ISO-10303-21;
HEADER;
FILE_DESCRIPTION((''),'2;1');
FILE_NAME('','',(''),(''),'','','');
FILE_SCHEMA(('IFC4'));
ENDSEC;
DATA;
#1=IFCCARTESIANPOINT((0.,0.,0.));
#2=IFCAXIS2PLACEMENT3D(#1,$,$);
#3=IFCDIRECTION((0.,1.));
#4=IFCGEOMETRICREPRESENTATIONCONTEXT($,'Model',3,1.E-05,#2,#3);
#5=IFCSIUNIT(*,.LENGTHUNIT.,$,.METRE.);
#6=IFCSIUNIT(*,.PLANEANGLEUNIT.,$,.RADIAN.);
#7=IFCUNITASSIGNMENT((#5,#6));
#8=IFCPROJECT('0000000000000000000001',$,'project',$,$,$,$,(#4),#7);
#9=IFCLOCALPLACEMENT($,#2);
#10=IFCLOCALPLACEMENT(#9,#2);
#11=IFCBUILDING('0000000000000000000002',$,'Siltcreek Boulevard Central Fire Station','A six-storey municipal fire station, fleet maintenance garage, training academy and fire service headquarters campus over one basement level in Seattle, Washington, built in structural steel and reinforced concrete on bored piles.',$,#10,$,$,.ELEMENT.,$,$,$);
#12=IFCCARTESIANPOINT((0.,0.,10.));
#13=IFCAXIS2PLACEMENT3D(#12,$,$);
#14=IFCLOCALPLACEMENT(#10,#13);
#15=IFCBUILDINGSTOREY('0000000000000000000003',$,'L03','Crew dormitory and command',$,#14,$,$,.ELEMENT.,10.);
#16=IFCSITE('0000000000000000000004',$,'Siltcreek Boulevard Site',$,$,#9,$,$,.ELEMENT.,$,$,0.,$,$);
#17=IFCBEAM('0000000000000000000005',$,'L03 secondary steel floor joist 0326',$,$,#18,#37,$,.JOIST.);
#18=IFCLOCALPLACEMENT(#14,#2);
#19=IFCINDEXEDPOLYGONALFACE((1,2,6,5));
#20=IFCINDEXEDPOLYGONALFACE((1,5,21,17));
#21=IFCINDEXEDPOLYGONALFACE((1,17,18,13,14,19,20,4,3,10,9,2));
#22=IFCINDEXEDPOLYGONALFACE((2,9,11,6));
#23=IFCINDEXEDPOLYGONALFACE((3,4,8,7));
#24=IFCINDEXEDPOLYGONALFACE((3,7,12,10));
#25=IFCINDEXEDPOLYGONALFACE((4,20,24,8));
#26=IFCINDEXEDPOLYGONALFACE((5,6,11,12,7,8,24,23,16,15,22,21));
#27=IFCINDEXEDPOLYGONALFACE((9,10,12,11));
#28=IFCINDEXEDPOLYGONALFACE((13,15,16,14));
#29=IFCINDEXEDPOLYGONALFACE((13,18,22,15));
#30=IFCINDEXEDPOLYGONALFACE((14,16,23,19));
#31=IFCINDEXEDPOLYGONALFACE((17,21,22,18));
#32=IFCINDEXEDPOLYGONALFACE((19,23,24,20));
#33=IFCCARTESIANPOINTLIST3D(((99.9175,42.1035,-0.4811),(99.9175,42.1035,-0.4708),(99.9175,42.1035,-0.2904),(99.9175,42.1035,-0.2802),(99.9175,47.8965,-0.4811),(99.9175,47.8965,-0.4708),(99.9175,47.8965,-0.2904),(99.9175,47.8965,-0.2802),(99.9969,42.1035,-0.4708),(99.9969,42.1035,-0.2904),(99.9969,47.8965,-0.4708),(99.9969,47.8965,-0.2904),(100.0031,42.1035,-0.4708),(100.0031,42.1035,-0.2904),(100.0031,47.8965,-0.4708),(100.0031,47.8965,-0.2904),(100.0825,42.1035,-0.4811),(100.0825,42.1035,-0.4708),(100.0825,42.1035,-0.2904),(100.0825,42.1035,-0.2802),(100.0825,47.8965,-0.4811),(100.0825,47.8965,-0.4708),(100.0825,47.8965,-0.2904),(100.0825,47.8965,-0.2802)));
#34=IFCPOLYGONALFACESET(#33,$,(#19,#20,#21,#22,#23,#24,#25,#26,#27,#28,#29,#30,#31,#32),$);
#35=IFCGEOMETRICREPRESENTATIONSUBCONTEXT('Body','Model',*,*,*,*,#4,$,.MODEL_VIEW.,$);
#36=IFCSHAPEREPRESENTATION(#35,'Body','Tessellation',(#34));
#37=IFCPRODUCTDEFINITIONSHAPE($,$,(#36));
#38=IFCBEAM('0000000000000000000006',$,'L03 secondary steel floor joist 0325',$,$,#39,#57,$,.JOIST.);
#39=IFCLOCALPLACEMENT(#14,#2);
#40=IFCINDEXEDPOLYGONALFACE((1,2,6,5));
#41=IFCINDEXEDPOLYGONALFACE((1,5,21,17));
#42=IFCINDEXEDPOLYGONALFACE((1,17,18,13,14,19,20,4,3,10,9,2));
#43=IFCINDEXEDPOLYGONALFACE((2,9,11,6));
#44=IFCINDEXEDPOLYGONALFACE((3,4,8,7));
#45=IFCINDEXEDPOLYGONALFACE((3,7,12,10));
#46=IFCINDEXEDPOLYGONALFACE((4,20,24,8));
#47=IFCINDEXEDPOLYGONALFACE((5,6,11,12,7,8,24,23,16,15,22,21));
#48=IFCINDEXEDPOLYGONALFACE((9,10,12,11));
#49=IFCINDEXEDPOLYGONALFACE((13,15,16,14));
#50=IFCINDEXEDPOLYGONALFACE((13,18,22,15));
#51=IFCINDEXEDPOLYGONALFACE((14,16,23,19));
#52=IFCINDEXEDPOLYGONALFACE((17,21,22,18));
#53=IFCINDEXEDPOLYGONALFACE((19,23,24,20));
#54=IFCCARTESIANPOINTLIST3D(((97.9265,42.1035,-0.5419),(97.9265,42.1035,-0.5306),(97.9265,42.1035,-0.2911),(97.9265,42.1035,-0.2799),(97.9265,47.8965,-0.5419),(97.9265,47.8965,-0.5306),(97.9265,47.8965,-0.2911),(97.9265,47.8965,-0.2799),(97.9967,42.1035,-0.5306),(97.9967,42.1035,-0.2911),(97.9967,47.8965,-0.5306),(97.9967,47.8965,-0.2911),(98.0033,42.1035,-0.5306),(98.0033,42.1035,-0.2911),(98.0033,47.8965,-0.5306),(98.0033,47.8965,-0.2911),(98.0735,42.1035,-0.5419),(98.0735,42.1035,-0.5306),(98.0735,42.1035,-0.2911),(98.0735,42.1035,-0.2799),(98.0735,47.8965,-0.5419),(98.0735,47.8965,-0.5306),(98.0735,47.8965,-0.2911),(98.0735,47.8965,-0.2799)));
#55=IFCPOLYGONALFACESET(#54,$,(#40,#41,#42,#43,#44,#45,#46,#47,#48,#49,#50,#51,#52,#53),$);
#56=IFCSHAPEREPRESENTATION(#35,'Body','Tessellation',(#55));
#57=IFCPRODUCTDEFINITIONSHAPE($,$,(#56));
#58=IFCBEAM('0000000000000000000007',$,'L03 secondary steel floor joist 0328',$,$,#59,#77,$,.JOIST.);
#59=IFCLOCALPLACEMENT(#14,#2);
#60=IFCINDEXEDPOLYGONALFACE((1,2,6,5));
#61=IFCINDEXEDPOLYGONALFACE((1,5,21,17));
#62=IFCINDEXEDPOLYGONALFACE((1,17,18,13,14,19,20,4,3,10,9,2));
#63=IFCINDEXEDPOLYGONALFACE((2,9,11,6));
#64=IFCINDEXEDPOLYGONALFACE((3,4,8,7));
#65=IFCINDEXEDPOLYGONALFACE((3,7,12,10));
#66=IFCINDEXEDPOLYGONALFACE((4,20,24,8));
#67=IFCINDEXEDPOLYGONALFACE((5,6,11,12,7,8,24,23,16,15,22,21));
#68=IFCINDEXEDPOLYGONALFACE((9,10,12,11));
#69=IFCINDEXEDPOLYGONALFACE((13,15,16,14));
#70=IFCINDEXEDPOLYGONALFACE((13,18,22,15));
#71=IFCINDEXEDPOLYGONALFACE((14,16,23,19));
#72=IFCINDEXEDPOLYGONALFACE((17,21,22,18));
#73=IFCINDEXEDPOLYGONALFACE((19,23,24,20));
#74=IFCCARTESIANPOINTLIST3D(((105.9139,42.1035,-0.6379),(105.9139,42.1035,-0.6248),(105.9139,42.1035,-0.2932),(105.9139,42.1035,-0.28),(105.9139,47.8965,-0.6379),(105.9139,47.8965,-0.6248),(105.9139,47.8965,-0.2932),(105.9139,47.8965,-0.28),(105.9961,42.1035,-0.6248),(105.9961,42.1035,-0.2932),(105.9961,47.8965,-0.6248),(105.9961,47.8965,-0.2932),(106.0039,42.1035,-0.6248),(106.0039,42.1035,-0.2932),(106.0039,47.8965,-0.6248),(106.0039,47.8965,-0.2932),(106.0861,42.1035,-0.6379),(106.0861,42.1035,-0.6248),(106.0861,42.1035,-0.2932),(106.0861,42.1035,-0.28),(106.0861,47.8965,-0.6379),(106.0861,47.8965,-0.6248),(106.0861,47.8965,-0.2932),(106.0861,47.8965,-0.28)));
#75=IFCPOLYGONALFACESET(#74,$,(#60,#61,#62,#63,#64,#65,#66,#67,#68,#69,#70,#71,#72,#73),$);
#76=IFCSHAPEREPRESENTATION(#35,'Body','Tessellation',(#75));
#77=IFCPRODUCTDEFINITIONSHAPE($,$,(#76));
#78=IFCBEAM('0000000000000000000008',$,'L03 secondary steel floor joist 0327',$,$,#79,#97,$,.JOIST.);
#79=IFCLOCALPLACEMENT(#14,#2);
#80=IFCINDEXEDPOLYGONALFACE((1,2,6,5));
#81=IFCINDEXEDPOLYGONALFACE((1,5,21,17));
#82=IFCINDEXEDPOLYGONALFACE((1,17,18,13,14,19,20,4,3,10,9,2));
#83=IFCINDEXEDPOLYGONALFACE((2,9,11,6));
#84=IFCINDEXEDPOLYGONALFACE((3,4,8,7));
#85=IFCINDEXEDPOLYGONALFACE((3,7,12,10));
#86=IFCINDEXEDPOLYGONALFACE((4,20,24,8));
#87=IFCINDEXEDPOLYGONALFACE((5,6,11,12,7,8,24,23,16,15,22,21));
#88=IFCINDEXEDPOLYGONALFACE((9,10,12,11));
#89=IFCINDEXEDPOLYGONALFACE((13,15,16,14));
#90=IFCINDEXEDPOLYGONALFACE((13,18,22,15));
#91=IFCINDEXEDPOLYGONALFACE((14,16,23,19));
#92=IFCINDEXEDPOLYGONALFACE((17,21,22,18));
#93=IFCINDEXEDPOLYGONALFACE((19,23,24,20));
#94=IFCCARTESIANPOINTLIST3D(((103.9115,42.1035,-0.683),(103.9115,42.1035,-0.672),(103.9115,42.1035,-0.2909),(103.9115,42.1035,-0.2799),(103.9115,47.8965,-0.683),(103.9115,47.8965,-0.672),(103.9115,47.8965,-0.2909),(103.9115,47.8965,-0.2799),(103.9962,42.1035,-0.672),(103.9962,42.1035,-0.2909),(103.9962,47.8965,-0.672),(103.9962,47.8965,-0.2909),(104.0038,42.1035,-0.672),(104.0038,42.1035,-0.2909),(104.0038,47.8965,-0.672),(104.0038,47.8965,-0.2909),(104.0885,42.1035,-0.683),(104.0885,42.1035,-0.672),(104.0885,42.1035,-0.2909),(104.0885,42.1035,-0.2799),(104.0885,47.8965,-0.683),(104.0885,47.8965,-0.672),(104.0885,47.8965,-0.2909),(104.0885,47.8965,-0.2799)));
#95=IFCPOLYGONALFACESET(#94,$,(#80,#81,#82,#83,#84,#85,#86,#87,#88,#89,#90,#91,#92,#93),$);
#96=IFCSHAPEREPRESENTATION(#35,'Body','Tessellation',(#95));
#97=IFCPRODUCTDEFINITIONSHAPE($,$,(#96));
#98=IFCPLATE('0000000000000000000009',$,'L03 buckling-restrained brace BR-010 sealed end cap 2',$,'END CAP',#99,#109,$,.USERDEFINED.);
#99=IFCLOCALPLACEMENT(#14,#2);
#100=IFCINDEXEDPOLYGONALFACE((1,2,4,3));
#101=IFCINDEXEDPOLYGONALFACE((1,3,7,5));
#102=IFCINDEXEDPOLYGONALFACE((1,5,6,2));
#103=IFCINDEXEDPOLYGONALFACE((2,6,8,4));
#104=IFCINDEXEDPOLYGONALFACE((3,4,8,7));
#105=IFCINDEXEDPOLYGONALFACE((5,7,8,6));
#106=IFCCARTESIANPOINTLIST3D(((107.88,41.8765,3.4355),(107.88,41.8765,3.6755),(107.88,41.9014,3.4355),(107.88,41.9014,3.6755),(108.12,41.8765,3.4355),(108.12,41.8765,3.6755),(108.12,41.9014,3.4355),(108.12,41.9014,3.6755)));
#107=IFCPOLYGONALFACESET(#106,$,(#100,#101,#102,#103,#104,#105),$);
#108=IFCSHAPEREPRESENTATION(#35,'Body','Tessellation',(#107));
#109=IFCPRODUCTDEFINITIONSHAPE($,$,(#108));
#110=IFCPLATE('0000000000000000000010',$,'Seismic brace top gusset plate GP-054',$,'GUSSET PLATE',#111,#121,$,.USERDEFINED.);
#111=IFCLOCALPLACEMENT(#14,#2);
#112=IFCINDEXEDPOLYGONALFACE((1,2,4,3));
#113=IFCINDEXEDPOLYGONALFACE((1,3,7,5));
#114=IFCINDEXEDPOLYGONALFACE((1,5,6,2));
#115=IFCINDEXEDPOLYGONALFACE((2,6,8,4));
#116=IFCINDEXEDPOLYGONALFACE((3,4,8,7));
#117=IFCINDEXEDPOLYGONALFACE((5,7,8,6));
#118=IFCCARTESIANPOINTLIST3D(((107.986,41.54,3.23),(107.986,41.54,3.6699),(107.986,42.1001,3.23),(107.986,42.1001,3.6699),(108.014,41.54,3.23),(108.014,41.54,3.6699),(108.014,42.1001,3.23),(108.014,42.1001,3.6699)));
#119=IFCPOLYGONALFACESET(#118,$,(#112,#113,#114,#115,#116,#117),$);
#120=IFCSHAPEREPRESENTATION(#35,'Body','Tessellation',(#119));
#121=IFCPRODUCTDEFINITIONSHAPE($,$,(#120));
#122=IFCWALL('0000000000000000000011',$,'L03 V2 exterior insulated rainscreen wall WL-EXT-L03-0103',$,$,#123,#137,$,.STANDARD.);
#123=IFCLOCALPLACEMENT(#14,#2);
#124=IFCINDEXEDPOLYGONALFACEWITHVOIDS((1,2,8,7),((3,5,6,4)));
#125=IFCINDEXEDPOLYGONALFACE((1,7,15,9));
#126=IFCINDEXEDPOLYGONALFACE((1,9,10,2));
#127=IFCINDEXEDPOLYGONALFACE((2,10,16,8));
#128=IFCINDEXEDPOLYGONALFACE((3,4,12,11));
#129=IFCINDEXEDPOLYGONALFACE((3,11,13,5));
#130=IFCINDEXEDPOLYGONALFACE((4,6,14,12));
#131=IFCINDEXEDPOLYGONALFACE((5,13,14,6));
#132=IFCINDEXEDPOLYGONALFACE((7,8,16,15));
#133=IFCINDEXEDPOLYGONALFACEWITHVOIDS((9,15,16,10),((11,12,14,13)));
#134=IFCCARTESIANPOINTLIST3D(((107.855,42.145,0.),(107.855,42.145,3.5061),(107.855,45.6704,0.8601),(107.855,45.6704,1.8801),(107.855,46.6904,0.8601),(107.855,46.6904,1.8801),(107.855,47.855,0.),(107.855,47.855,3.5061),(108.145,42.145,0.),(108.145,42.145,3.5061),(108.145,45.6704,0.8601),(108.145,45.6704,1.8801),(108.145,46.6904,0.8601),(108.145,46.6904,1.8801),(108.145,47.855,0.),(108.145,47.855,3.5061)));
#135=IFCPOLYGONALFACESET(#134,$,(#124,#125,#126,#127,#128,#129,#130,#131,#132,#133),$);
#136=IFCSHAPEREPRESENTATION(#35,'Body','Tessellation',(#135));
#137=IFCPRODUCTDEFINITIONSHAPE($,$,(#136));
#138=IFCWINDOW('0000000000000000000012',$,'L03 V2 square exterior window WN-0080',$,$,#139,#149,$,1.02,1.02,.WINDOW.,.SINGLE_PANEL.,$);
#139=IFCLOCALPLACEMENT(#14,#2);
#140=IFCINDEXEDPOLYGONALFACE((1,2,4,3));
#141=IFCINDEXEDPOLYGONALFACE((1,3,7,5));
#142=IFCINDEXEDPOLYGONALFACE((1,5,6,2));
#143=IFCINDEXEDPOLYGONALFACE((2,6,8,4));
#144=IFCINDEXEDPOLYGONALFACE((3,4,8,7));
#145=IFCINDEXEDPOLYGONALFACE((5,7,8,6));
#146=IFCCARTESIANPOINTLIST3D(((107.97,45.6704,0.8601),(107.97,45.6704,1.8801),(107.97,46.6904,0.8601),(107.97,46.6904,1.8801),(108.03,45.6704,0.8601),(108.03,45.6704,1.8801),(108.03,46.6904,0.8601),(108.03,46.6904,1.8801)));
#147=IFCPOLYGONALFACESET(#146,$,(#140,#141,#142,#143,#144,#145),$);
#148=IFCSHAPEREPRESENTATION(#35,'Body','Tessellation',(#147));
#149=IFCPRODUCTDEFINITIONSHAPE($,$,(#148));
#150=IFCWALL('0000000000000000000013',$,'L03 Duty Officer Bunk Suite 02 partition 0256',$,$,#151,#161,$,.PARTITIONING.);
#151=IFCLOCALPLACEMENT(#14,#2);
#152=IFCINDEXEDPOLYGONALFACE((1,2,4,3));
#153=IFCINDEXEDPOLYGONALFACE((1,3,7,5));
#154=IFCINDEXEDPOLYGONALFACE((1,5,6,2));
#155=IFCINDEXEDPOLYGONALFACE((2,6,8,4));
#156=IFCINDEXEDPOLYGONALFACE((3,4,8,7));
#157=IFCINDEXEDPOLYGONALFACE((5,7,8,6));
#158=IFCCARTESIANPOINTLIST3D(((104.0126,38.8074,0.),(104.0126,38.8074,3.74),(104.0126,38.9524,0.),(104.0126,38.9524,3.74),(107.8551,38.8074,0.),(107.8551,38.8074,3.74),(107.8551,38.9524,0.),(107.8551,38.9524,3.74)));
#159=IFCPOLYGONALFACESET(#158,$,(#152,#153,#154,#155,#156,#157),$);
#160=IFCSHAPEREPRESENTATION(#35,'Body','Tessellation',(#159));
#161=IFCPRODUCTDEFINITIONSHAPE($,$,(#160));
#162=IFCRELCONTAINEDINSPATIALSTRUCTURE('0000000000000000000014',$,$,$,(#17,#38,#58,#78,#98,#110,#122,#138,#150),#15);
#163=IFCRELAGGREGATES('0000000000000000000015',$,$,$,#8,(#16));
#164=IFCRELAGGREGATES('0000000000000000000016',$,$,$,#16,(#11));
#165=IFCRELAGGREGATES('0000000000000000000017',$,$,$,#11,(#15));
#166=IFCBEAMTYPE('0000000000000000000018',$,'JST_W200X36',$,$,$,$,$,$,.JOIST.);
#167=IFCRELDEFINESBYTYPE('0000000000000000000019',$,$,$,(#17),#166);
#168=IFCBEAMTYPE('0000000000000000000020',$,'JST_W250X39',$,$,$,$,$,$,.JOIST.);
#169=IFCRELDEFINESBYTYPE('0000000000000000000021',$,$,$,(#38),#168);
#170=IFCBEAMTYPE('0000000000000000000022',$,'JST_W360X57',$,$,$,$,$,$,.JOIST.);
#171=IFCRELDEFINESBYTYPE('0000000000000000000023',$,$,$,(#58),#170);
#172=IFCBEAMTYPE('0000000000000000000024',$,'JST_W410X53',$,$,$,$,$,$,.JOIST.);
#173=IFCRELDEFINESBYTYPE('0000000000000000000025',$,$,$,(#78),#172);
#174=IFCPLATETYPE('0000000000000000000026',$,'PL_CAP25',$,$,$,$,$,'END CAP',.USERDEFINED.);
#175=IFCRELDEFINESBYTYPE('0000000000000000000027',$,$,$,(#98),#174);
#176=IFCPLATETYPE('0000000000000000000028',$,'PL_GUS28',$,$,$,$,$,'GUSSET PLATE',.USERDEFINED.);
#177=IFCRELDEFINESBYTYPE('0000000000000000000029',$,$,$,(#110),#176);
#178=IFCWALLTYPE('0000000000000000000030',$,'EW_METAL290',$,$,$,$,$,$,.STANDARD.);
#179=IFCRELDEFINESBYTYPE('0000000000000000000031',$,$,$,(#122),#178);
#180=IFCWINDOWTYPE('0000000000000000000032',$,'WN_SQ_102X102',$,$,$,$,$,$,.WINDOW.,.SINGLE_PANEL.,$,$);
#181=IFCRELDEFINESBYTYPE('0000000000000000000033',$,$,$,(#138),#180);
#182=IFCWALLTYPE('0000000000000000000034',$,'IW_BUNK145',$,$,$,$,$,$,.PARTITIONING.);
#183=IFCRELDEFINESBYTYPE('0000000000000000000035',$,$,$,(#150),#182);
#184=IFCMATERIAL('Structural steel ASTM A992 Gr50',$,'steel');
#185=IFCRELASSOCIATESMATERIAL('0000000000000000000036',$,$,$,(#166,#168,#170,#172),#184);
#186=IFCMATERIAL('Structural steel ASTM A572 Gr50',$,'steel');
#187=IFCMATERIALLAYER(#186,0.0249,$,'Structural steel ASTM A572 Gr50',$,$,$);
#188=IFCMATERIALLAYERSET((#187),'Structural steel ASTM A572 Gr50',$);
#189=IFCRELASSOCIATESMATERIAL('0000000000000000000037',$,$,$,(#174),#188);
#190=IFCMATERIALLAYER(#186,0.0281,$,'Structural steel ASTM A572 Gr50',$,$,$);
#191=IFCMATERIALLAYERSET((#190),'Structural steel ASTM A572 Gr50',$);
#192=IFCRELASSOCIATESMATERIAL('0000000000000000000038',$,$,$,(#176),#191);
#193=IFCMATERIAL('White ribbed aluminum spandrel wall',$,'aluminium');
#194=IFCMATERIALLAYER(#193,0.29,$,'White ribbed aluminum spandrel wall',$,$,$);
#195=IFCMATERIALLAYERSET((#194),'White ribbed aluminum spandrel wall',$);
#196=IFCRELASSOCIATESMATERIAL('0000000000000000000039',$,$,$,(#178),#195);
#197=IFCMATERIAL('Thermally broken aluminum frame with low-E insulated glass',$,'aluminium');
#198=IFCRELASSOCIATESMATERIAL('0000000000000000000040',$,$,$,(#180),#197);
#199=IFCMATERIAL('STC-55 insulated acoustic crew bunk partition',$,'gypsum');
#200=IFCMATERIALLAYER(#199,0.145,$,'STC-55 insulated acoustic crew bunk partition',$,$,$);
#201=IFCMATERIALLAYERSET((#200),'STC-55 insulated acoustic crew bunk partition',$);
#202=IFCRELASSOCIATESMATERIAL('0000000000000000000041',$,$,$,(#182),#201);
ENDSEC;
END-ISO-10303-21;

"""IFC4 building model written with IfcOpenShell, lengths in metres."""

from ifc_helpers import new_model, si_unit, direction, frame, frame_2d, origin, origin_2d, place, context, subcontext, project, spatial, rectangle, i_section, extrude, material, layer, layer_set, material_profile, profile_set, type_object, element, fill, save


model = new_model("IFC4")

# Units and contexts
model_context = context("Model", 3, precision=1e-05, world=origin(), true_north=direction((0.0, 1.0)))
body_context = subcontext(model_context, "Body", "Model", "MODEL_VIEW")
ifc_project = project(units=[si_unit("LENGTHUNIT", "METRE"), si_unit("PLANEANGLEUNIT", "RADIAN")], contexts=[model_context])

# Site, building, storey
site_placement = place(None, origin())
site = spatial("IfcSite", under=ifc_project, at=site_placement, Name="Siltcreek Boulevard Site", CompositionType="ELEMENT", RefElevation=0.0)
building_placement = place(site_placement, origin())
building = spatial("IfcBuilding", under=site, at=building_placement, Name="Siltcreek Boulevard Central Fire Station", Description="A six-storey municipal fire station, fleet maintenance garage, training academy and fire service headquarters campus over one basement level in Seattle, Washington, built in structural steel and reinforced concrete on bored piles.", CompositionType="ELEMENT")
storey_placement = place(building_placement, frame((0.0, 0.0, 10.0)))
storey = spatial("IfcBuildingStorey", under=building, at=storey_placement, Name="L03", Description="Crew dormitory and command", CompositionType="ELEMENT", Elevation=10.0)

# Shared definitions
ifc_material_1 = material(Name="Structural steel ASTM A992 Gr50", Category="steel")

# Beams
ifc_material_profile_1 = material_profile(ifc_material_1, i_section(OverallWidth=0.165, OverallDepth=0.2009, WebThickness=0.0061, FlangeThickness=0.0103, at=origin_2d()), Name="W200X36")
ifc_profile_set_1 = profile_set([ifc_material_profile_1], Name="Structural steel ASTM A992 Gr50")
beam_type_1 = type_object("IfcBeamType", Name="JST_W200X36", PredefinedType="JOIST", material=ifc_profile_set_1)
beam_1_placement = place(storey_placement, frame((100.0, 42.1035, -0.3806), z_axis=(0.0, 1.0, 0.0), x_axis=(-1.0, 0.0, 0.0)))
element("IfcBeam", 1, at=beam_1_placement, inside=storey, type_object=beam_type_1, Name="L03 secondary steel floor joist 0326", PredefinedType="JOIST", context=body_context, shape_type="SweptSolid", body=[
    extrude(i_section(OverallWidth=0.165, OverallDepth=0.2009, WebThickness=0.0061, FlangeThickness=0.0103, at=origin_2d()), origin(), (0.0, 0.0, 1.0), 5.793),
])
ifc_material_profile_2 = material_profile(ifc_material_1, i_section(OverallWidth=0.147, OverallDepth=0.262, WebThickness=0.0066, FlangeThickness=0.0112, at=origin_2d()), Name="W250X39")
ifc_profile_set_2 = profile_set([ifc_material_profile_2], Name="Structural steel ASTM A992 Gr50")
beam_type_2 = type_object("IfcBeamType", Name="JST_W250X39", PredefinedType="JOIST", material=ifc_profile_set_2)
beam_2_placement = place(storey_placement, frame((98.0, 42.1035, -0.4109), z_axis=(0.0, 1.0, 0.0), x_axis=(-1.0, 0.0, 0.0)))
element("IfcBeam", 2, at=beam_2_placement, inside=storey, type_object=beam_type_2, Name="L03 secondary steel floor joist 0325", PredefinedType="JOIST", context=body_context, shape_type="SweptSolid", body=[
    extrude(i_section(OverallWidth=0.147, OverallDepth=0.262, WebThickness=0.0066, FlangeThickness=0.0112, at=origin_2d()), origin(), (0.0, 0.0, 1.0), 5.793),
])
ifc_material_profile_3 = material_profile(ifc_material_1, i_section(OverallWidth=0.1721, OverallDepth=0.3579, WebThickness=0.0078, FlangeThickness=0.0132, at=origin_2d()), Name="W360X57")
ifc_profile_set_3 = profile_set([ifc_material_profile_3], Name="Structural steel ASTM A992 Gr50")
beam_type_3 = type_object("IfcBeamType", Name="JST_W360X57", PredefinedType="JOIST", material=ifc_profile_set_3)
beam_3_placement = place(storey_placement, frame((106.0, 42.1035, -0.459), z_axis=(0.0, 1.0, 0.0), x_axis=(-1.0, 0.0, 0.0)))
element("IfcBeam", 3, at=beam_3_placement, inside=storey, type_object=beam_type_3, Name="L03 secondary steel floor joist 0328", PredefinedType="JOIST", context=body_context, shape_type="SweptSolid", body=[
    extrude(i_section(OverallWidth=0.1721, OverallDepth=0.3579, WebThickness=0.0078, FlangeThickness=0.0132, at=origin_2d()), origin(), (0.0, 0.0, 1.0), 5.793),
])
ifc_material_profile_4 = material_profile(ifc_material_1, i_section(OverallWidth=0.177, OverallDepth=0.4031, WebThickness=0.0076, FlangeThickness=0.011, at=origin_2d()), Name="W410X53")
ifc_profile_set_4 = profile_set([ifc_material_profile_4], Name="Structural steel ASTM A992 Gr50")
beam_type_4 = type_object("IfcBeamType", Name="JST_W410X53", PredefinedType="JOIST", material=ifc_profile_set_4)
beam_4_placement = place(storey_placement, frame((104.0, 42.1035, -0.4814), z_axis=(0.0, 1.0, 0.0), x_axis=(-1.0, 0.0, 0.0)))
element("IfcBeam", 4, at=beam_4_placement, inside=storey, type_object=beam_type_4, Name="L03 secondary steel floor joist 0327", PredefinedType="JOIST", context=body_context, shape_type="SweptSolid", body=[
    extrude(i_section(OverallWidth=0.177, OverallDepth=0.4031, WebThickness=0.0076, FlangeThickness=0.011, at=origin_2d()), origin(), (0.0, 0.0, 1.0), 5.793),
])

# Plates
ifc_material_2 = material(Name="Structural steel ASTM A572 Gr50", Category="steel")
ifc_layer_1 = layer(ifc_material_2, 0.0249, Name="Structural steel ASTM A572 Gr50")
ifc_layer_set_1 = layer_set([ifc_layer_1], Name="Structural steel ASTM A572 Gr50")
plate_type_1 = type_object("IfcPlateType", Name="PL_CAP25", ElementType="END CAP", PredefinedType="USERDEFINED", material=ifc_layer_set_1)
plate_1_placement = place(storey_placement, frame((108.0, 41.8889, 3.4355), z_axis=(0.0, 0.0, 1.0), x_axis=(0.0, 1.0, 0.0)))
element("IfcPlate", 5, at=plate_1_placement, inside=storey, type_object=plate_type_1, Name="L03 buckling-restrained brace BR-010 sealed end cap 2", ObjectType="END CAP", PredefinedType="USERDEFINED", context=body_context, shape_type="SweptSolid", body=[
    extrude(rectangle(XDim=0.0249, YDim=0.24, at=origin_2d()), origin(), (0.0, 0.0, 1.0), 0.24),
])
ifc_layer_2 = layer(ifc_material_2, 0.0281, Name="Structural steel ASTM A572 Gr50")
ifc_layer_set_2 = layer_set([ifc_layer_2], Name="Structural steel ASTM A572 Gr50")
plate_type_2 = type_object("IfcPlateType", Name="PL_GUS28", ElementType="GUSSET PLATE", PredefinedType="USERDEFINED", material=ifc_layer_set_2)
plate_2_placement = place(storey_placement, frame((108.0, 41.8201, 3.23), z_axis=(0.0, 0.0, 1.0), x_axis=(0.0, 1.0, 0.0)))
element("IfcPlate", 6, at=plate_2_placement, inside=storey, type_object=plate_type_2, Name="Seismic brace top gusset plate GP-054", ObjectType="GUSSET PLATE", PredefinedType="USERDEFINED", context=body_context, shape_type="SweptSolid", body=[
    extrude(rectangle(XDim=0.5601, YDim=0.0281, at=origin_2d()), origin(), (0.0, 0.0, 1.0), 0.4399),
])

# Wall, opening, window
ifc_material_3 = material(Name="White ribbed aluminum spandrel wall", Category="aluminium")
ifc_layer_3 = layer(ifc_material_3, 0.29, Name="White ribbed aluminum spandrel wall")
ifc_layer_set_3 = layer_set([ifc_layer_3], Name="White ribbed aluminum spandrel wall")
wall_type_1 = type_object("IfcWallType", Name="EW_METAL290", PredefinedType="STANDARD", material=ifc_layer_set_3)
wall_1_placement = place(storey_placement, frame((108.0, 42.145, 0.0), z_axis=(0.0, 0.0, 1.0), x_axis=(0.0, 1.0, 0.0)))
wall_1 = element("IfcWall", 7, at=wall_1_placement, inside=storey, type_object=wall_type_1, Name="L03 V2 exterior insulated rainscreen wall WL-EXT-L03-0103", PredefinedType="STANDARD", context=body_context, shape_type="SweptSolid", body=[
    extrude(rectangle(XDim=5.71, YDim=0.29, at=frame_2d((2.855, 0.0))), origin(), (0.0, 0.0, 1.0), 3.5061),
])
opening_1_placement = place(wall_1_placement, frame((3.5254, 0.0, 0.8601)))
opening_1 = element("IfcOpeningElement", 8, at=opening_1_placement, cuts=wall_1, PredefinedType="OPENING", context=body_context, shape_type="SweptSolid", body=[
    extrude(rectangle(XDim=1.02, YDim=1.02, at=frame_2d((0.51, 0.51))), frame((0.0, 0.155, 0.0), z_axis=(0.0, -1.0, 0.0), x_axis=(1.0, 0.0, 0.0)), (0.0, 0.0, 1.0), 0.3101),
])
ifc_material_4 = material(Name="Thermally broken aluminum frame with low-E insulated glass", Category="aluminium")
window_type = type_object("IfcWindowType", Name="WN_SQ_102X102", PartitioningType="SINGLE_PANEL", PredefinedType="WINDOW", material=ifc_material_4)
window_placement = place(opening_1_placement, origin())
window = element("IfcWindow", 9, at=window_placement, inside=storey, type_object=window_type, Name="L03 V2 square exterior window WN-0080", OverallHeight=1.02, OverallWidth=1.02, PartitioningType="SINGLE_PANEL", PredefinedType="WINDOW", context=body_context, shape_type="SweptSolid", body=[
    extrude(rectangle(XDim=1.02, YDim=1.02, at=frame_2d((0.51, 0.51))), frame((0.0, 0.03, 0.0), z_axis=(0.0, -1.0, 0.0), x_axis=(1.0, 0.0, 0.0)), (0.0, 0.0, 1.0), 0.0601),
])
fill(opening_1, window)

# Wall
ifc_material_5 = material(Name="STC-55 insulated acoustic crew bunk partition", Category="gypsum")
ifc_layer_4 = layer(ifc_material_5, 0.145, Name="STC-55 insulated acoustic crew bunk partition")
ifc_layer_set_4 = layer_set([ifc_layer_4], Name="STC-55 insulated acoustic crew bunk partition")
wall_type_2 = type_object("IfcWallType", Name="IW_BUNK145", PredefinedType="PARTITIONING", material=ifc_layer_set_4)
wall_2_placement = place(storey_placement, frame((104.0125, 38.8799, 0.0), z_axis=(0.0, 0.0, 1.0), x_axis=(1.0, 0.0, 0.0)))
element("IfcWall", 10, at=wall_2_placement, inside=storey, type_object=wall_type_2, Name="L03 Duty Officer Bunk Suite 02 partition 0256", PredefinedType="PARTITIONING", context=body_context, shape_type="SweptSolid", body=[
    extrude(rectangle(XDim=3.8425, YDim=0.145, at=frame_2d((1.9214, 0.0))), origin(), (0.0, 0.0, 1.0), 3.74),
])

save(model, "model.ifc")
